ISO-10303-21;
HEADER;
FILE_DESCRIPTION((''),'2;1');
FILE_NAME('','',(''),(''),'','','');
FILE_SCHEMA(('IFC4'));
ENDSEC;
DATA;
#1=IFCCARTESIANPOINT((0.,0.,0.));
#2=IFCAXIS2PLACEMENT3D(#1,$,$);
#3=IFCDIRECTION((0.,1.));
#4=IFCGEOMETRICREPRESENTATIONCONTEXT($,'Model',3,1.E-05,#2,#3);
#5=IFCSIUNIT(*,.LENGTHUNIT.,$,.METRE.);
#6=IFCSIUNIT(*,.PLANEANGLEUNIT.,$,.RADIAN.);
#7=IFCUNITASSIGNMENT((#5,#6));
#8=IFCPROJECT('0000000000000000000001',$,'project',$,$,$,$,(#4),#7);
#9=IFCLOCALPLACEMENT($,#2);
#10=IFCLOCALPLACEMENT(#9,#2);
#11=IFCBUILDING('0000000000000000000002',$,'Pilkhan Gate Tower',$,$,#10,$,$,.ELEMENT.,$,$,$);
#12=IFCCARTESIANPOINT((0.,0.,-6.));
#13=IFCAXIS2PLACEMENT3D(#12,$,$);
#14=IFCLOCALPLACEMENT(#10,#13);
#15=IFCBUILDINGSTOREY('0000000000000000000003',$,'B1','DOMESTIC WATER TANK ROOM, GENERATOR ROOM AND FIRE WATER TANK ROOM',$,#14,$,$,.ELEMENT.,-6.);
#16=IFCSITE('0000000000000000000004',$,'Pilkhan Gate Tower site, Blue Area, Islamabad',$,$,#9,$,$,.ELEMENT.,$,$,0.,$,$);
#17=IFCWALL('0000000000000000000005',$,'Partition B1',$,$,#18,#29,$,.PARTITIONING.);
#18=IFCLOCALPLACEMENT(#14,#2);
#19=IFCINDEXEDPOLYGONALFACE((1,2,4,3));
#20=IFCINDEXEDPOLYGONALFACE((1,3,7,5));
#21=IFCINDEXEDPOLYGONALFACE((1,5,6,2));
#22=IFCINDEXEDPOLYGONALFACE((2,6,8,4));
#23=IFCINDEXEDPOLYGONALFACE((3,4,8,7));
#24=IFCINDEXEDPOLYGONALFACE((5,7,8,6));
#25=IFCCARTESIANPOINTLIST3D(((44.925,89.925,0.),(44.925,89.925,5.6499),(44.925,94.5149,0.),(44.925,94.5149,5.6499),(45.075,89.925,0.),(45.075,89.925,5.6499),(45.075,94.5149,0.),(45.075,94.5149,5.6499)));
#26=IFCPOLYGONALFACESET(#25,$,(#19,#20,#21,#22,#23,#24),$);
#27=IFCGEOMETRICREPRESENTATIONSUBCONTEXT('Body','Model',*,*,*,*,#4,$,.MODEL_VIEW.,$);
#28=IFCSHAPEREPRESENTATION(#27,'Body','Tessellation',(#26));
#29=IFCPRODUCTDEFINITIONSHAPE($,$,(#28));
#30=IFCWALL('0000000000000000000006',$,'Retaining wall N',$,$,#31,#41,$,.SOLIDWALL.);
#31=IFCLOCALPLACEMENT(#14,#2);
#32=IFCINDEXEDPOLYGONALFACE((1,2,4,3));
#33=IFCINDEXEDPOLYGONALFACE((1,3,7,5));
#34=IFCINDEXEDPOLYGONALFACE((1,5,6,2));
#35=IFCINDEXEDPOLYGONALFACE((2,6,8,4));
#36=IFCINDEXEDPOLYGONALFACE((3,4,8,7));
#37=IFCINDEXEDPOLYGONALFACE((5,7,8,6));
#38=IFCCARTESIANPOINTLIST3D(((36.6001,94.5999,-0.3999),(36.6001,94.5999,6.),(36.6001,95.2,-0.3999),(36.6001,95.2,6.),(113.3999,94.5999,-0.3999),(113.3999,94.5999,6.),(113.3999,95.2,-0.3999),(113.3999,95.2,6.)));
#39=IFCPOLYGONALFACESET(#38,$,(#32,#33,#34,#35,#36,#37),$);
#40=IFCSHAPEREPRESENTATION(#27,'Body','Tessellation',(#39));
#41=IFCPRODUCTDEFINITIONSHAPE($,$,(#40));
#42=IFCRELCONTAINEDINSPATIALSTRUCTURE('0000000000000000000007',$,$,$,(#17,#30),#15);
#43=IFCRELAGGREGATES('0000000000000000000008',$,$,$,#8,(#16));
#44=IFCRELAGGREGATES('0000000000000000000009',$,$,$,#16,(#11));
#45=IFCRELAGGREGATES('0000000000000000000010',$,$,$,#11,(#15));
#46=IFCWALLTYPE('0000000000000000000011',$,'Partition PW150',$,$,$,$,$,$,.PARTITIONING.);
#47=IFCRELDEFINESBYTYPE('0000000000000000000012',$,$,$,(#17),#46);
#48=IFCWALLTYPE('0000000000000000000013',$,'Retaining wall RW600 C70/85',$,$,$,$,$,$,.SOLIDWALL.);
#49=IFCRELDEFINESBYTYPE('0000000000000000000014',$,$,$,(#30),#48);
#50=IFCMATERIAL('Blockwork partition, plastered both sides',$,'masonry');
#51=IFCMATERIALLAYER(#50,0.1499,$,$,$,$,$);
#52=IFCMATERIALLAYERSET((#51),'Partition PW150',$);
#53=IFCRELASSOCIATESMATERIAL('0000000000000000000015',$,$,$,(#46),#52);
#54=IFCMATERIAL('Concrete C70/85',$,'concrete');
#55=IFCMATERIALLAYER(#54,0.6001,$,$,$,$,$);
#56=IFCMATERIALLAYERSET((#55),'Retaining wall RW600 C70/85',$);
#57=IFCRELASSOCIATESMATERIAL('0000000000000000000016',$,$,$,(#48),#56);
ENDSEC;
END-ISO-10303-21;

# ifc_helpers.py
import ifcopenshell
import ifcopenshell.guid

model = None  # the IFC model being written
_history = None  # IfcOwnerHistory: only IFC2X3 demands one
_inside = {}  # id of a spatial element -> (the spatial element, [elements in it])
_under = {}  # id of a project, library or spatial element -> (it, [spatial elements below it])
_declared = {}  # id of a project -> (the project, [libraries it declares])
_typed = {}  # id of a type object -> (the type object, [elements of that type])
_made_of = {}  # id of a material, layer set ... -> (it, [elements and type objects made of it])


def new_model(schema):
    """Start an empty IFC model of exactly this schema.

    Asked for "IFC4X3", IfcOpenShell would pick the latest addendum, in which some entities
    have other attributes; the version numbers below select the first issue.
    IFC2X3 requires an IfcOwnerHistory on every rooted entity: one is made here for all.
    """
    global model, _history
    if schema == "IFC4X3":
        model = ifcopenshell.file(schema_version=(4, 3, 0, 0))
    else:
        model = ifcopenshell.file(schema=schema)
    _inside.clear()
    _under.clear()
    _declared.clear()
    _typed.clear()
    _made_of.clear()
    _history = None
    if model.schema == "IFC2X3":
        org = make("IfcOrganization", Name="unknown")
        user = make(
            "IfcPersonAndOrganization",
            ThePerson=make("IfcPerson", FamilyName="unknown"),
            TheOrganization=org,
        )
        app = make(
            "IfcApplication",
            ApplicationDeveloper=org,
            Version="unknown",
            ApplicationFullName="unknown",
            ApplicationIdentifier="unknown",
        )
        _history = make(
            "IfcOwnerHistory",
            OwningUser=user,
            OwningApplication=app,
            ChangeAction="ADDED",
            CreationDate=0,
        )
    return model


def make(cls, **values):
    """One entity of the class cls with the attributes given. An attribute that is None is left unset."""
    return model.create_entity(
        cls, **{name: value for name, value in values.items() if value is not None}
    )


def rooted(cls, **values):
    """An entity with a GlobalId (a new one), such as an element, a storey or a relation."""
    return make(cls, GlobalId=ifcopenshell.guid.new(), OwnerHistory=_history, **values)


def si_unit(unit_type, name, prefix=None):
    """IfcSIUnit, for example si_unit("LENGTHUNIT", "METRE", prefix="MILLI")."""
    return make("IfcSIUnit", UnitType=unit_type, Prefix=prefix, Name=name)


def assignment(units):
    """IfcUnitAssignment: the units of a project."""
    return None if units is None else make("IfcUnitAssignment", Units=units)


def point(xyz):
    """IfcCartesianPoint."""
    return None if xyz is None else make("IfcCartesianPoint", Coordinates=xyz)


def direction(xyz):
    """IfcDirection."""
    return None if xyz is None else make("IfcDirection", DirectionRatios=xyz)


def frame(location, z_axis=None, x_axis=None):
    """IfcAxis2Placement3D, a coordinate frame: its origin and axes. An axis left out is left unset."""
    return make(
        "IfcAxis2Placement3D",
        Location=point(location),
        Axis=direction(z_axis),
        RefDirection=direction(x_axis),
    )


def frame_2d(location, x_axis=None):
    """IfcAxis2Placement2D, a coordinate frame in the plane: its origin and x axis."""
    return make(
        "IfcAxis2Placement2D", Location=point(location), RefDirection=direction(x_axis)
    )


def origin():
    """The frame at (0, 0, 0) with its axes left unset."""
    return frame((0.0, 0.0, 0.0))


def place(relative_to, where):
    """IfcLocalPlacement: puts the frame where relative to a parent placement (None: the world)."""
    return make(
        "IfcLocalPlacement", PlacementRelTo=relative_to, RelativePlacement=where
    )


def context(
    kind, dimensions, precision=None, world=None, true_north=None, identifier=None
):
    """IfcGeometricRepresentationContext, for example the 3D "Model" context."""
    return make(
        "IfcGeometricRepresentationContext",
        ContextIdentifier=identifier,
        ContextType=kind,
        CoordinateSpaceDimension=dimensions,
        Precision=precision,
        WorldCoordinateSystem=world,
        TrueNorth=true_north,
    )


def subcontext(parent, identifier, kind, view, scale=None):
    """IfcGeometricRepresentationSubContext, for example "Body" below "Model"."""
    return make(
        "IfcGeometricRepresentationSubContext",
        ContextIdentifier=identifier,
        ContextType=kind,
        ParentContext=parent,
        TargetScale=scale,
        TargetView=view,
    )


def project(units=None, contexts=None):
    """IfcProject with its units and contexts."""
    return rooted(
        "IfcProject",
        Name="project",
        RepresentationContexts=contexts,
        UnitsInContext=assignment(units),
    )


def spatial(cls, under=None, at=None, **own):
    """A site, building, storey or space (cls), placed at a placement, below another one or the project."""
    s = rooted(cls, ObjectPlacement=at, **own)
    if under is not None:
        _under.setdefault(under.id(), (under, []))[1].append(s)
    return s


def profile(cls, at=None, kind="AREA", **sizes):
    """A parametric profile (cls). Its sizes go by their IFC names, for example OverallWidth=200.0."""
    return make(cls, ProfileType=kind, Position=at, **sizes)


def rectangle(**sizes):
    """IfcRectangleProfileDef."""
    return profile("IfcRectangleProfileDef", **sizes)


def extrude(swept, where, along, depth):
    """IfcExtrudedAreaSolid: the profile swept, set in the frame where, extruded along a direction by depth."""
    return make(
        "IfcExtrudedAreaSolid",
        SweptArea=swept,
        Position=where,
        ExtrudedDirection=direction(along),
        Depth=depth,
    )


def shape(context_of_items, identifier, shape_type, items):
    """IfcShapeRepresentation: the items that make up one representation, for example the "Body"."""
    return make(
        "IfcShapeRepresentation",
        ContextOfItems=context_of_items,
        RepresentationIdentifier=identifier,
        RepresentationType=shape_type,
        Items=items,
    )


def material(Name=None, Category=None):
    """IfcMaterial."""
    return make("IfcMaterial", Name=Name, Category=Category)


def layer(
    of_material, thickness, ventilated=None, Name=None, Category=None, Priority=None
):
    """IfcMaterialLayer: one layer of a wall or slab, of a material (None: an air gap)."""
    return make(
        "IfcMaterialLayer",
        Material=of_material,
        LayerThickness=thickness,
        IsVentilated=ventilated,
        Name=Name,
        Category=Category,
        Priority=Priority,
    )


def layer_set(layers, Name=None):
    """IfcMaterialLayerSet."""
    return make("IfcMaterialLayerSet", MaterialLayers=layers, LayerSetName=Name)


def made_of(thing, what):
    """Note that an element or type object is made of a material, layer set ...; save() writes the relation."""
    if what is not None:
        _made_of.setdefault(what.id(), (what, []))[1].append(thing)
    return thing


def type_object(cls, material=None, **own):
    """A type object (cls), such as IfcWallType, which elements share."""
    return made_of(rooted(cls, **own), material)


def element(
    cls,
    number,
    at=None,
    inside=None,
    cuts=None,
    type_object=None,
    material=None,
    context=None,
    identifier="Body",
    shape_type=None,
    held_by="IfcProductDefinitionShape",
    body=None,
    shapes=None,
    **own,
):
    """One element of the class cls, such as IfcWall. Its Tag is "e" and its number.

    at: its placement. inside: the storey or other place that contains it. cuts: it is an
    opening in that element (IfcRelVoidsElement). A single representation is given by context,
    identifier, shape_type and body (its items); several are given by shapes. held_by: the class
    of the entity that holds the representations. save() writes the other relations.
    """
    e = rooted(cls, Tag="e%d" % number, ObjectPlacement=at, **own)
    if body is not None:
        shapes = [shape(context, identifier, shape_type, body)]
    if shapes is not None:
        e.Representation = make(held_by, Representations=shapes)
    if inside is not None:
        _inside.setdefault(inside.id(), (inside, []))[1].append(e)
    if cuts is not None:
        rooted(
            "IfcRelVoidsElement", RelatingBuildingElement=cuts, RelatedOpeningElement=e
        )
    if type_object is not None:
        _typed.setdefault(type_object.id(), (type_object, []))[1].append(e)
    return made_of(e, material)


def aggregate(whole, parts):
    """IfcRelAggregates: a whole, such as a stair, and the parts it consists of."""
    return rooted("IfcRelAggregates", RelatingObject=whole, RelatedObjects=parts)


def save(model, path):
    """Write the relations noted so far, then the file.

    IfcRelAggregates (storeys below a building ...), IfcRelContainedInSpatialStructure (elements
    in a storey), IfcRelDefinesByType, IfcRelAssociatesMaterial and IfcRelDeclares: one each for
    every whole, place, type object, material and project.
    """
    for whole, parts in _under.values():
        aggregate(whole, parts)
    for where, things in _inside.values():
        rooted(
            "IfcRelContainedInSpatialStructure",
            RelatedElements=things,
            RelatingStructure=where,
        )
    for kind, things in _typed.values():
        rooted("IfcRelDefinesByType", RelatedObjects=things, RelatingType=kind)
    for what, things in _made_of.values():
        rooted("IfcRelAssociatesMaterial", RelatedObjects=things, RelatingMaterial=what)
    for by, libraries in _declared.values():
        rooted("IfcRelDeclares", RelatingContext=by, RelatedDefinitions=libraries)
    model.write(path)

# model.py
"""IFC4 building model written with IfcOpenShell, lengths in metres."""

from ifc_helpers import new_model, si_unit, direction, frame, frame_2d, origin, place, context, subcontext, project, spatial, rectangle, extrude, material, layer, layer_set, type_object, element, save


model = new_model("IFC4")

# Units and contexts
model_context = context("Model", 3, precision=1e-05, world=origin(), true_north=direction((0.0, 1.0)))
body_context = subcontext(model_context, "Body", "Model", "MODEL_VIEW")
ifc_project = project(units=[si_unit("LENGTHUNIT", "METRE"), si_unit("PLANEANGLEUNIT", "RADIAN")], contexts=[model_context])

# Site, building, storey
site_placement = place(None, origin())
site = spatial("IfcSite", under=ifc_project, at=site_placement, Name="Pilkhan Gate Tower site, Blue Area, Islamabad", CompositionType="ELEMENT", RefElevation=0.0)
building_placement = place(site_placement, origin())
building = spatial("IfcBuilding", under=site, at=building_placement, Name="Pilkhan Gate Tower", CompositionType="ELEMENT")
storey_placement = place(building_placement, frame((0.0, 0.0, -6.0)))
storey = spatial("IfcBuildingStorey", under=building, at=storey_placement, Name="B1", Description="DOMESTIC WATER TANK ROOM, GENERATOR ROOM AND FIRE WATER TANK ROOM", CompositionType="ELEMENT", Elevation=-6.0)

# Shared definitions
ifc_material_1 = material(Name="Concrete C70/85", Category="concrete")

# Walls
ifc_material_2 = material(Name="Blockwork partition, plastered both sides", Category="masonry")
ifc_layer_1 = layer(ifc_material_2, 0.1499)
ifc_layer_set_1 = layer_set([ifc_layer_1], Name="Partition PW150")
wall_type_1 = type_object("IfcWallType", Name="Partition PW150", PredefinedType="PARTITIONING", material=ifc_layer_set_1)
wall_1_placement = place(storey_placement, frame((45.0, 89.925, 0.0), z_axis=(0.0, 0.0, 1.0), x_axis=(0.0, 1.0, 0.0)))
element("IfcWall", 1, at=wall_1_placement, inside=storey, type_object=wall_type_1, Name="Partition B1", PredefinedType="PARTITIONING", context=body_context, shape_type="SweptSolid", body=[
    extrude(rectangle(XDim=4.5898, YDim=0.1499, at=frame_2d((2.2949, 0.0))), origin(), (0.0, 0.0, 1.0), 5.6499),
])
ifc_layer_2 = layer(ifc_material_1, 0.6001)
ifc_layer_set_2 = layer_set([ifc_layer_2], Name="Retaining wall RW600 C70/85")
wall_type_2 = type_object("IfcWallType", Name="Retaining wall RW600 C70/85", PredefinedType="SOLIDWALL", material=ifc_layer_set_2)
wall_2_placement = place(storey_placement, frame((36.6001, 94.8999, -0.3999), z_axis=(0.0, 0.0, 1.0), x_axis=(1.0, 0.0, 0.0)))
element("IfcWall", 2, at=wall_2_placement, inside=storey, type_object=wall_type_2, Name="Retaining wall N", PredefinedType="SOLIDWALL", context=body_context, shape_type="SweptSolid", body=[
    extrude(rectangle(XDim=76.7998, YDim=0.6001, at=frame_2d((38.3999, 0.0))), origin(), (0.0, 0.0, 1.0), 6.3999),
])

save(model, "model.ifc")
